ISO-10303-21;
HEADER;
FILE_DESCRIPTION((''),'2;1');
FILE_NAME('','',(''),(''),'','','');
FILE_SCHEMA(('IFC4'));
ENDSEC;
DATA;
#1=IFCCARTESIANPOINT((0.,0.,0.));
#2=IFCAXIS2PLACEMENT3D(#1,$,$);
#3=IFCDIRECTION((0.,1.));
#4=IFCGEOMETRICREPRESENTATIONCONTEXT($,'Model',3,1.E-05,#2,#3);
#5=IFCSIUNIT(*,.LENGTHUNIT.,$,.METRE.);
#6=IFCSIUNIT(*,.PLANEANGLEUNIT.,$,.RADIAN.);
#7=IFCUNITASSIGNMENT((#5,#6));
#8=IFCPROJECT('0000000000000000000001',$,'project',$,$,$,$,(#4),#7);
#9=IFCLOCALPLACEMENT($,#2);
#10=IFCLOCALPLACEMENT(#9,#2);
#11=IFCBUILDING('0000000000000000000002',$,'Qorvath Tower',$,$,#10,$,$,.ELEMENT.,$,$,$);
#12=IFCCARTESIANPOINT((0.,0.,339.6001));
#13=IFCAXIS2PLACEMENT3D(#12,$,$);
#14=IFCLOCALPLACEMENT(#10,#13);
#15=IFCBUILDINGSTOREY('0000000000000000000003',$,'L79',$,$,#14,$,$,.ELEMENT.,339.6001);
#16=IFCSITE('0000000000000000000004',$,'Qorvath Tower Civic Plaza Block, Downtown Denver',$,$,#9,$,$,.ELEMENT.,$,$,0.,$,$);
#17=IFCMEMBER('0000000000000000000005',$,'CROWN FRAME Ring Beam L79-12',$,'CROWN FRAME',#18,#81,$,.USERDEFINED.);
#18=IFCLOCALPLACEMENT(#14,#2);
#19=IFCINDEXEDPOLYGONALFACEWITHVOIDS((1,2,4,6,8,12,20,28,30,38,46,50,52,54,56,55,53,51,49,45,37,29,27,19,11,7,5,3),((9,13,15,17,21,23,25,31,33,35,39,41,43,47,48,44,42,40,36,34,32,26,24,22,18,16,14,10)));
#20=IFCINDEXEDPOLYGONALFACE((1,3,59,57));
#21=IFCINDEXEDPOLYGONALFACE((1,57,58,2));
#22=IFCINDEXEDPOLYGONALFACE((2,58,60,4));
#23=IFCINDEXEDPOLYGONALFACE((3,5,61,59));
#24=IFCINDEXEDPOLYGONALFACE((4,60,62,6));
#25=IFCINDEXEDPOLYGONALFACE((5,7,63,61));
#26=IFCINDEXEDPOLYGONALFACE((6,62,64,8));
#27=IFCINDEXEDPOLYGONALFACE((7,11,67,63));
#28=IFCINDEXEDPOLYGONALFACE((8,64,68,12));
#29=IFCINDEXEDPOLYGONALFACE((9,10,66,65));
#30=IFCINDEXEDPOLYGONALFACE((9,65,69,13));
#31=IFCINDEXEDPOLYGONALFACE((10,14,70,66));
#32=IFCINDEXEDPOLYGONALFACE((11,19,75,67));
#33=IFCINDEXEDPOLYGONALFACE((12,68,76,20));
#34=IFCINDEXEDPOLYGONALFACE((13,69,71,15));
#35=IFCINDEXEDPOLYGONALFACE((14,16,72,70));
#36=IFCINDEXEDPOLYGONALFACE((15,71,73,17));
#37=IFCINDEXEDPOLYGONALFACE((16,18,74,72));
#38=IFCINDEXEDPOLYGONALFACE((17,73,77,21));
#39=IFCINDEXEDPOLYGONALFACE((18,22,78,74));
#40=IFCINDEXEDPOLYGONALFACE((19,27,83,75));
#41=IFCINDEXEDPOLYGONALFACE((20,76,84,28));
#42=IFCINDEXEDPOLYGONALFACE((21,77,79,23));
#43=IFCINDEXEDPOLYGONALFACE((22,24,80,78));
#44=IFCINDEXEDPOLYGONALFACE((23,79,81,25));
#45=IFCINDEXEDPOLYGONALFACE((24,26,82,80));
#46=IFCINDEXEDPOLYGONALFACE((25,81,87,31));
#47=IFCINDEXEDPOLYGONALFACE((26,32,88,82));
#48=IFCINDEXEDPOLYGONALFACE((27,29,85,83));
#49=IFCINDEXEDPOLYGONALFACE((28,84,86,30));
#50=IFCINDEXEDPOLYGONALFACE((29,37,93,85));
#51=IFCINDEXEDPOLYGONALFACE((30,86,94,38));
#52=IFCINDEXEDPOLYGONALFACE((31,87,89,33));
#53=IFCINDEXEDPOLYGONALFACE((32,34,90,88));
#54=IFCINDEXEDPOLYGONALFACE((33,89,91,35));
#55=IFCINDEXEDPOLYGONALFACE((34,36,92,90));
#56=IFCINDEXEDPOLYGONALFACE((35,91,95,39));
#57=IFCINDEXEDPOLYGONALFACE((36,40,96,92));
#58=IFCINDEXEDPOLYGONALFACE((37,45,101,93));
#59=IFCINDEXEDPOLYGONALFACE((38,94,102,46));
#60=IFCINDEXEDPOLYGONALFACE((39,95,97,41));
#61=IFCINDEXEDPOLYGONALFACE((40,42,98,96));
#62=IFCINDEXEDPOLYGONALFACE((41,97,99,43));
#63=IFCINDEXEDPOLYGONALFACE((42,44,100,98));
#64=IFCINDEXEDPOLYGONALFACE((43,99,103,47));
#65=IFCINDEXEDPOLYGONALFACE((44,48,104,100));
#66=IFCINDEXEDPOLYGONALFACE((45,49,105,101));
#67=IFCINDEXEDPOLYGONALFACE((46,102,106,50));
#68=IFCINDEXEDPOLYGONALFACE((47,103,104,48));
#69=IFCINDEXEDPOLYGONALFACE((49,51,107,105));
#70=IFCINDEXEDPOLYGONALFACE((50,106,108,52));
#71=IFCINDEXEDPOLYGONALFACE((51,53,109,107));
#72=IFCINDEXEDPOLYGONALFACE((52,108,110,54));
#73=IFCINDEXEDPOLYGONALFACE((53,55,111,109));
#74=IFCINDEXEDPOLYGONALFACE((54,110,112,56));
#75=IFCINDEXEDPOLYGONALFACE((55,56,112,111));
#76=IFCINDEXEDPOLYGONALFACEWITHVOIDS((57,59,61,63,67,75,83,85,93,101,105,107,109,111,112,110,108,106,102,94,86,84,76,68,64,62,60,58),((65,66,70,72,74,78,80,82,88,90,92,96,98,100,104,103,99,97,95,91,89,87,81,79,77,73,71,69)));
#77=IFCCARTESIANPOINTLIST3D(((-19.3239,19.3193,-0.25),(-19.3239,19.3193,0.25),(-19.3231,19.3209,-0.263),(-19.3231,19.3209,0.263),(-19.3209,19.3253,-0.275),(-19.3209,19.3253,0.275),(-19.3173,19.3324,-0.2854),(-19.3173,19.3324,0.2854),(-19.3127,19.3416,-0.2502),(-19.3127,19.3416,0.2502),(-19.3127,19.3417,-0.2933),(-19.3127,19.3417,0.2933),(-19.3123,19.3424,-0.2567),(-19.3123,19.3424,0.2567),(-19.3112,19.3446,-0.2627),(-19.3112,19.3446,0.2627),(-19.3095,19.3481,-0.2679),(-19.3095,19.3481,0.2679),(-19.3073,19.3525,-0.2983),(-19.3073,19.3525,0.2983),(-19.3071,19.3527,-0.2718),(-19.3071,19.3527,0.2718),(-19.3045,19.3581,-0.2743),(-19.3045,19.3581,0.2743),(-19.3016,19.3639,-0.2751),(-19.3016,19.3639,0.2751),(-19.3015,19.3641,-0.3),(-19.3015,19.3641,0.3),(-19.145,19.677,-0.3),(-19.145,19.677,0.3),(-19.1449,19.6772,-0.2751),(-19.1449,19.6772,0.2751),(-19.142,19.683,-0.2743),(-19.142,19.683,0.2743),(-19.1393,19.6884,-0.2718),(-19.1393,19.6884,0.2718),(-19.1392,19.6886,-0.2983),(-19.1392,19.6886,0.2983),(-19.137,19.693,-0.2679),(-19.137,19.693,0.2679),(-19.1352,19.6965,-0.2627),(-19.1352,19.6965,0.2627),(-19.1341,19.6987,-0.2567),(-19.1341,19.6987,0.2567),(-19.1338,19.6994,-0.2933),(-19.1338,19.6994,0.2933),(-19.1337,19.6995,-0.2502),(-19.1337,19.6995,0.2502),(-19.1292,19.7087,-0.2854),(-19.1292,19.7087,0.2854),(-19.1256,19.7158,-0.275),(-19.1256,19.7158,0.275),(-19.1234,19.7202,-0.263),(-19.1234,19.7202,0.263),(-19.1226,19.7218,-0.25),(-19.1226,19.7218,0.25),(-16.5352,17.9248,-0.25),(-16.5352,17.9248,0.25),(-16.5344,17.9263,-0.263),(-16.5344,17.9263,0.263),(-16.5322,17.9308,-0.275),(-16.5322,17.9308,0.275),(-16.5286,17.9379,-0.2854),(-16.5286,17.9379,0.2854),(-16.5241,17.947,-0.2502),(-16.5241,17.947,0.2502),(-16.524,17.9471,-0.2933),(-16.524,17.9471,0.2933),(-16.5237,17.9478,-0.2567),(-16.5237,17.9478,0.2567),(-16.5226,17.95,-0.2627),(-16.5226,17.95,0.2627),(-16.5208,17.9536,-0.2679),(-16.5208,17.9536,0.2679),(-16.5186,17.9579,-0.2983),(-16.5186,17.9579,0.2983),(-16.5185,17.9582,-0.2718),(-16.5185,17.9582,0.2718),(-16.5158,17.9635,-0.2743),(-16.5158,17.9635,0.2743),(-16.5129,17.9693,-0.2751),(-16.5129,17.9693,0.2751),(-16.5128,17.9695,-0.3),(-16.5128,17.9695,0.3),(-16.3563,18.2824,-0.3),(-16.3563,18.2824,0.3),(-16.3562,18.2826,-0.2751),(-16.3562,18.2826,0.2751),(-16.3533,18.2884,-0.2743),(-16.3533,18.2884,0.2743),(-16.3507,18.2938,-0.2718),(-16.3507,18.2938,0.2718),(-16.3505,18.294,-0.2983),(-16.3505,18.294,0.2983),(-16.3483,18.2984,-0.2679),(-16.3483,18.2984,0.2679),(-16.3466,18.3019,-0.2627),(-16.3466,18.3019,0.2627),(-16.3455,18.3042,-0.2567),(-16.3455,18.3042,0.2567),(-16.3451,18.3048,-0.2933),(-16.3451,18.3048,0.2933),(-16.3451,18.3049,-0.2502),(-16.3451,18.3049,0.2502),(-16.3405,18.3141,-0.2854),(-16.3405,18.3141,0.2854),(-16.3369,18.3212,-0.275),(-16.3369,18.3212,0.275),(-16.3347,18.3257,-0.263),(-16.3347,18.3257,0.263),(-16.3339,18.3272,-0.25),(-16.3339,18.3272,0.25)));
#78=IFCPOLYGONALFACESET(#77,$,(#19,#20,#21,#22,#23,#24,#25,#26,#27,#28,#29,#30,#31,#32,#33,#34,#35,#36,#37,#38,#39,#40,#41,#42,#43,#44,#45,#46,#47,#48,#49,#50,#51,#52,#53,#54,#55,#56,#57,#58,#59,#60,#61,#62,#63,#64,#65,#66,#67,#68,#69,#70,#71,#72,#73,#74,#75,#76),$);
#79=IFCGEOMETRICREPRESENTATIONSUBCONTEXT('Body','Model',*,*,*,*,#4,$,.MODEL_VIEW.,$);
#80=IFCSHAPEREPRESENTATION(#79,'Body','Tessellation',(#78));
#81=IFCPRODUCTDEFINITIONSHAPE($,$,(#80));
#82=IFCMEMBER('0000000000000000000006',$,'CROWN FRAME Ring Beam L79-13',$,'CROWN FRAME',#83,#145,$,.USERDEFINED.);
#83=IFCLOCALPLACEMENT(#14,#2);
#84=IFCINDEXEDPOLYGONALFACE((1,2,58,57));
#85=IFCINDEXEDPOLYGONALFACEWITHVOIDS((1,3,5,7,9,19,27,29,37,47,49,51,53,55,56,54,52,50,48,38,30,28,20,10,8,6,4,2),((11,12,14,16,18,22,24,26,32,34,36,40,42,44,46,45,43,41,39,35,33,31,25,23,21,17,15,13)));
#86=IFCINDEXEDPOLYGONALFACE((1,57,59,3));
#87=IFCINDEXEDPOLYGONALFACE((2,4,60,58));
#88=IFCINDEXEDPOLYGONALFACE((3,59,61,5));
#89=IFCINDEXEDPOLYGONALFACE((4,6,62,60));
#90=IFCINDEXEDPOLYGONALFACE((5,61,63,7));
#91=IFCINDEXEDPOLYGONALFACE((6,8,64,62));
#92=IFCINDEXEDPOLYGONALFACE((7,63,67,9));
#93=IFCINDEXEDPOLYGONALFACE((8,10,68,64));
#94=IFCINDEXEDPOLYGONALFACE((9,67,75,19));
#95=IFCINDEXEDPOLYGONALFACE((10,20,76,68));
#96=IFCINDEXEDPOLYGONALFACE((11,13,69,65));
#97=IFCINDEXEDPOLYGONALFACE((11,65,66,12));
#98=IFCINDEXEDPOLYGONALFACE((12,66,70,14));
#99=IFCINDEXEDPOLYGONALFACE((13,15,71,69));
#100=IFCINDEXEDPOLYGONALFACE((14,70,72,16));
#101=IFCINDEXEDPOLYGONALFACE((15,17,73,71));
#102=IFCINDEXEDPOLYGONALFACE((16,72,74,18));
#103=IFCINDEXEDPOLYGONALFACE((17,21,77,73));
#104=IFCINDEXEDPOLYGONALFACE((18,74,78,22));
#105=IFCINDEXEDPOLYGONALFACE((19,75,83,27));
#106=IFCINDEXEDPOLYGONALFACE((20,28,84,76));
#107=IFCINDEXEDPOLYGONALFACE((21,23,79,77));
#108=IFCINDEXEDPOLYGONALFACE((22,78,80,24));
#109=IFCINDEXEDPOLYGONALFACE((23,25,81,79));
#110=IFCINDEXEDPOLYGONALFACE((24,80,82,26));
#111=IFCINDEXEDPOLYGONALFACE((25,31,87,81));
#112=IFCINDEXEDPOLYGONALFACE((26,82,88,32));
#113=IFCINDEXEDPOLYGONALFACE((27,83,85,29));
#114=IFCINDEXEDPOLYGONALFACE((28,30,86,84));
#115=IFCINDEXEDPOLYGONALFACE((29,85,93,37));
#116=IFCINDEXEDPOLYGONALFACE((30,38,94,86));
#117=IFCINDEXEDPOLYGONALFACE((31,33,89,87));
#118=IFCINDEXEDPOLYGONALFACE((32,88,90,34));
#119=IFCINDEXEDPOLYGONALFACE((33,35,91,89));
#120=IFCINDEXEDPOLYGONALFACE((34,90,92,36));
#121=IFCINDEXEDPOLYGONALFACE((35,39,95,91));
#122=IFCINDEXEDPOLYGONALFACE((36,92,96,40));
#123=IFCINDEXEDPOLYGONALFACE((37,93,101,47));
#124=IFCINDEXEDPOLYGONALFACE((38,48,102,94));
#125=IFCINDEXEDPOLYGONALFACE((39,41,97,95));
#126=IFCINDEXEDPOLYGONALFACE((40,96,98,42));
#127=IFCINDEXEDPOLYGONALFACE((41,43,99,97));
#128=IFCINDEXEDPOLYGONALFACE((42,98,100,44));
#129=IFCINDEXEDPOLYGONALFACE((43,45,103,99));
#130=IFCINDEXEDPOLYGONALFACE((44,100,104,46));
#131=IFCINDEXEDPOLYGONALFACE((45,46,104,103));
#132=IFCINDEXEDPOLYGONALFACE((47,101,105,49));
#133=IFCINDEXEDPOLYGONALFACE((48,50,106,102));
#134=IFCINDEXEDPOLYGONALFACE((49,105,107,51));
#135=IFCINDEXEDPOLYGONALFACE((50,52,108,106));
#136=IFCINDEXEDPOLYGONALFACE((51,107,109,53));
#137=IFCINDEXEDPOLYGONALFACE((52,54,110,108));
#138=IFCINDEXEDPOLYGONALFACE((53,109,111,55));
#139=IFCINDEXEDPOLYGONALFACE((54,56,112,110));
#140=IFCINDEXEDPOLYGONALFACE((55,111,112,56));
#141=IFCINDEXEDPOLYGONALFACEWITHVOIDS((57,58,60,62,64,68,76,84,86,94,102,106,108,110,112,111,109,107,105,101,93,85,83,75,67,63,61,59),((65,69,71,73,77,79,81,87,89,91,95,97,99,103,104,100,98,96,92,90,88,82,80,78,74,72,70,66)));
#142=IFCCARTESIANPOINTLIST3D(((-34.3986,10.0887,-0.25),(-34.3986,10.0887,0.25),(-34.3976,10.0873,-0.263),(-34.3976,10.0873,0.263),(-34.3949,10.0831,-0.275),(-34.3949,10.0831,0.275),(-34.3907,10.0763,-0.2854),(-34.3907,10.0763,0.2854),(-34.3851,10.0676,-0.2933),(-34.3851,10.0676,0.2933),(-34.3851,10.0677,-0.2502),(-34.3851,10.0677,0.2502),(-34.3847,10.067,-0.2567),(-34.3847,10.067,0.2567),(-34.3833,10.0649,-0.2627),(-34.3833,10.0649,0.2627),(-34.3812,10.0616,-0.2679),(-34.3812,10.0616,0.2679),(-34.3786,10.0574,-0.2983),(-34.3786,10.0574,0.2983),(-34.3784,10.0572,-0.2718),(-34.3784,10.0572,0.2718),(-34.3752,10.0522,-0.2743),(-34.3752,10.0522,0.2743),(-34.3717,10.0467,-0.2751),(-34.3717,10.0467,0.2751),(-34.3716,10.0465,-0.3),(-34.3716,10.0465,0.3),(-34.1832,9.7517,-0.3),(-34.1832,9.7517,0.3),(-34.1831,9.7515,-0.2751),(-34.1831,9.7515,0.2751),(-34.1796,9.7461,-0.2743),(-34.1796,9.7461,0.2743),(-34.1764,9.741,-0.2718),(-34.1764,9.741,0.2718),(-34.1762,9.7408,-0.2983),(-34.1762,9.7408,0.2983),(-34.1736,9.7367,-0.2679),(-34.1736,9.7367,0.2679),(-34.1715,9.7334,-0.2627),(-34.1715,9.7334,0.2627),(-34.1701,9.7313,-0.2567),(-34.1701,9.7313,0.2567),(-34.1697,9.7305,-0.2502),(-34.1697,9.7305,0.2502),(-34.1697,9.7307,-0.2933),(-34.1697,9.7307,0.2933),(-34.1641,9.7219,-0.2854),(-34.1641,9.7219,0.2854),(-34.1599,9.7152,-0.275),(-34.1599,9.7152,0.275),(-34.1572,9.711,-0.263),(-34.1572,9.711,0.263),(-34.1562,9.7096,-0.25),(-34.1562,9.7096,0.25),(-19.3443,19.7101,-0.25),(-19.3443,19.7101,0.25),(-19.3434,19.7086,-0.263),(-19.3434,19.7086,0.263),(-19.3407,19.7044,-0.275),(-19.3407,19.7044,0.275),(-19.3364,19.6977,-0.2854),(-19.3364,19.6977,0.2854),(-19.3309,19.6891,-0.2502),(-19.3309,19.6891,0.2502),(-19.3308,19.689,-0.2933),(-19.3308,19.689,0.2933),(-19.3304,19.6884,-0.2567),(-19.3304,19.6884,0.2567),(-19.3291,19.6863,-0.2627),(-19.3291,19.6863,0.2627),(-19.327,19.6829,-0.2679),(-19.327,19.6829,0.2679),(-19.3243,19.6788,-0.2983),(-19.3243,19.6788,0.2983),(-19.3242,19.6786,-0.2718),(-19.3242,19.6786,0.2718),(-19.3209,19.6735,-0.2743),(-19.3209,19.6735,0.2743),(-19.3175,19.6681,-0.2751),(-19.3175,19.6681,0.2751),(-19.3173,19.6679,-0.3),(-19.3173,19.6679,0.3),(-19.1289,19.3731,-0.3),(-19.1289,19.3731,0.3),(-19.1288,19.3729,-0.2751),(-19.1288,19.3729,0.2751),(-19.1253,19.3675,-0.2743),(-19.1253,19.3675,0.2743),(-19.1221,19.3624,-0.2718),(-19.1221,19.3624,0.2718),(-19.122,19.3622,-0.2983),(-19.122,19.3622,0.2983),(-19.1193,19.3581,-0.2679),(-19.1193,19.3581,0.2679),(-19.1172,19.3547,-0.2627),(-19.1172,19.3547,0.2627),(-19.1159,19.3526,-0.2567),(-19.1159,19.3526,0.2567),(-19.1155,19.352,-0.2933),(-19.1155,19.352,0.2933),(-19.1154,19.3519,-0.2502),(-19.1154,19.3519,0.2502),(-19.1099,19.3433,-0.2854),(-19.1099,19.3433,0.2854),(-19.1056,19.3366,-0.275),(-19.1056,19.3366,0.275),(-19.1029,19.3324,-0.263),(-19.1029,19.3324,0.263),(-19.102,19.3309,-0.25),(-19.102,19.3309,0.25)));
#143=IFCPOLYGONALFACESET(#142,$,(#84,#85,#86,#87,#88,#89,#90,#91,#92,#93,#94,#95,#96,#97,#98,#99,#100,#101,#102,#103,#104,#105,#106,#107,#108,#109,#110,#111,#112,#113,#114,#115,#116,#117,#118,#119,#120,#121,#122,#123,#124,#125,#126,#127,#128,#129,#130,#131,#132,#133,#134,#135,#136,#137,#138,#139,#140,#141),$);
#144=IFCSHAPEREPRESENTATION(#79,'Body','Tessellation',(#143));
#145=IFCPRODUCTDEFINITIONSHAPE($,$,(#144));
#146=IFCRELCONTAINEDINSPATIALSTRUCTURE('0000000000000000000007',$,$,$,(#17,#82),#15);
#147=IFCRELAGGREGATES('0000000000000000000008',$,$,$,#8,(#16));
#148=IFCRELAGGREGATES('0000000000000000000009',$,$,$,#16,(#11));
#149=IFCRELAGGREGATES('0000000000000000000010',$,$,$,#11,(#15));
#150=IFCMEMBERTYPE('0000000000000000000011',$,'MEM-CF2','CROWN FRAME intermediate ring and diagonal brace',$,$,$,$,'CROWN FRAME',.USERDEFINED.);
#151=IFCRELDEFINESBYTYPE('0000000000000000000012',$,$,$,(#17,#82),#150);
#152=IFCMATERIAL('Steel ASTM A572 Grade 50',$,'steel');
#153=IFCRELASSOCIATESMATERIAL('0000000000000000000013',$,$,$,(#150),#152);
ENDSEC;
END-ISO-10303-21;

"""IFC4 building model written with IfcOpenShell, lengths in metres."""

from ifc_helpers import new_model, si_unit, direction, frame, origin, origin_2d, place, context, subcontext, project, spatial, hollow_rectangle, extrude, material, material_profile, profile_set, type_object, element, save


model = new_model("IFC4")

# Units and contexts
model_context = context("Model", 3, precision=1e-05, world=origin(), true_north=direction((0.0, 1.0)))
body_context = subcontext(model_context, "Body", "Model", "MODEL_VIEW")
ifc_project = project(units=[si_unit("LENGTHUNIT", "METRE"), si_unit("PLANEANGLEUNIT", "RADIAN")], contexts=[model_context])

# Site, building, storey
site_placement = place(None, origin())
site = spatial("IfcSite", under=ifc_project, at=site_placement, Name="Qorvath Tower Civic Plaza Block, Downtown Denver", CompositionType="ELEMENT", RefElevation=0.0)
building_placement = place(site_placement, origin())
building = spatial("IfcBuilding", under=site, at=building_placement, Name="Qorvath Tower", CompositionType="ELEMENT")
storey_placement = place(building_placement, frame((0.0, 0.0, 339.6001)))
storey = spatial("IfcBuildingStorey", under=building, at=storey_placement, Name="L79", CompositionType="ELEMENT", Elevation=339.6001)

# Members
ifc_material_1 = material(Name="Steel ASTM A572 Grade 50", Category="steel")
ifc_material_profile_1 = material_profile(ifc_material_1, hollow_rectangle(XDim=0.45, YDim=0.6001, WallThickness=0.0249, InnerFilletRadius=0.0249, OuterFilletRadius=0.05, at=origin_2d()), Name="CROWN BOX 600x450x25")
ifc_profile_set_1 = profile_set([ifc_material_profile_1], Name="Steel ASTM A572 Grade 50")
member_type_1 = type_object("IfcMemberType", Name="MEM-CF2", Description="CROWN FRAME intermediate ring and diagonal brace", ElementType="CROWN FRAME", PredefinedType="USERDEFINED", material=ifc_profile_set_1)
member_1_placement = place(storey_placement, frame((-16.4346, 18.126, 0.0), z_axis=(-0.894396, 0.447276, 0.0), x_axis=(-0.447276, -0.894396, 0.0)))
element("IfcMember", 1, at=member_1_placement, inside=storey, type_object=member_type_1, Name="CROWN FRAME Ring Beam L79-12", ObjectType="CROWN FRAME", PredefinedType="USERDEFINED", context=body_context, shape_type="SweptSolid", body=[
    extrude(hollow_rectangle(XDim=0.45, YDim=0.6001, WallThickness=0.0249, InnerFilletRadius=0.0249, OuterFilletRadius=0.05, at=origin_2d()), origin(), (0.0, 0.0, 1.0), 3.1179),
])
member_2_placement = place(storey_placement, frame((-19.2231, 19.5205, 0.0), z_axis=(-0.84261, -0.538524, 0.0), x_axis=(0.538524, -0.84261, 0.0)))
element("IfcMember", 2, at=member_2_placement, inside=storey, type_object=member_type_1, Name="CROWN FRAME Ring Beam L79-13", ObjectType="CROWN FRAME", PredefinedType="USERDEFINED", context=body_context, shape_type="SweptSolid", body=[
    extrude(hollow_rectangle(XDim=0.45, YDim=0.6001, WallThickness=0.0249, InnerFilletRadius=0.0249, OuterFilletRadius=0.05, at=origin_2d()), origin(), (0.0, 0.0, 1.0), 17.8662),
])

save(model, "model.ifc")
